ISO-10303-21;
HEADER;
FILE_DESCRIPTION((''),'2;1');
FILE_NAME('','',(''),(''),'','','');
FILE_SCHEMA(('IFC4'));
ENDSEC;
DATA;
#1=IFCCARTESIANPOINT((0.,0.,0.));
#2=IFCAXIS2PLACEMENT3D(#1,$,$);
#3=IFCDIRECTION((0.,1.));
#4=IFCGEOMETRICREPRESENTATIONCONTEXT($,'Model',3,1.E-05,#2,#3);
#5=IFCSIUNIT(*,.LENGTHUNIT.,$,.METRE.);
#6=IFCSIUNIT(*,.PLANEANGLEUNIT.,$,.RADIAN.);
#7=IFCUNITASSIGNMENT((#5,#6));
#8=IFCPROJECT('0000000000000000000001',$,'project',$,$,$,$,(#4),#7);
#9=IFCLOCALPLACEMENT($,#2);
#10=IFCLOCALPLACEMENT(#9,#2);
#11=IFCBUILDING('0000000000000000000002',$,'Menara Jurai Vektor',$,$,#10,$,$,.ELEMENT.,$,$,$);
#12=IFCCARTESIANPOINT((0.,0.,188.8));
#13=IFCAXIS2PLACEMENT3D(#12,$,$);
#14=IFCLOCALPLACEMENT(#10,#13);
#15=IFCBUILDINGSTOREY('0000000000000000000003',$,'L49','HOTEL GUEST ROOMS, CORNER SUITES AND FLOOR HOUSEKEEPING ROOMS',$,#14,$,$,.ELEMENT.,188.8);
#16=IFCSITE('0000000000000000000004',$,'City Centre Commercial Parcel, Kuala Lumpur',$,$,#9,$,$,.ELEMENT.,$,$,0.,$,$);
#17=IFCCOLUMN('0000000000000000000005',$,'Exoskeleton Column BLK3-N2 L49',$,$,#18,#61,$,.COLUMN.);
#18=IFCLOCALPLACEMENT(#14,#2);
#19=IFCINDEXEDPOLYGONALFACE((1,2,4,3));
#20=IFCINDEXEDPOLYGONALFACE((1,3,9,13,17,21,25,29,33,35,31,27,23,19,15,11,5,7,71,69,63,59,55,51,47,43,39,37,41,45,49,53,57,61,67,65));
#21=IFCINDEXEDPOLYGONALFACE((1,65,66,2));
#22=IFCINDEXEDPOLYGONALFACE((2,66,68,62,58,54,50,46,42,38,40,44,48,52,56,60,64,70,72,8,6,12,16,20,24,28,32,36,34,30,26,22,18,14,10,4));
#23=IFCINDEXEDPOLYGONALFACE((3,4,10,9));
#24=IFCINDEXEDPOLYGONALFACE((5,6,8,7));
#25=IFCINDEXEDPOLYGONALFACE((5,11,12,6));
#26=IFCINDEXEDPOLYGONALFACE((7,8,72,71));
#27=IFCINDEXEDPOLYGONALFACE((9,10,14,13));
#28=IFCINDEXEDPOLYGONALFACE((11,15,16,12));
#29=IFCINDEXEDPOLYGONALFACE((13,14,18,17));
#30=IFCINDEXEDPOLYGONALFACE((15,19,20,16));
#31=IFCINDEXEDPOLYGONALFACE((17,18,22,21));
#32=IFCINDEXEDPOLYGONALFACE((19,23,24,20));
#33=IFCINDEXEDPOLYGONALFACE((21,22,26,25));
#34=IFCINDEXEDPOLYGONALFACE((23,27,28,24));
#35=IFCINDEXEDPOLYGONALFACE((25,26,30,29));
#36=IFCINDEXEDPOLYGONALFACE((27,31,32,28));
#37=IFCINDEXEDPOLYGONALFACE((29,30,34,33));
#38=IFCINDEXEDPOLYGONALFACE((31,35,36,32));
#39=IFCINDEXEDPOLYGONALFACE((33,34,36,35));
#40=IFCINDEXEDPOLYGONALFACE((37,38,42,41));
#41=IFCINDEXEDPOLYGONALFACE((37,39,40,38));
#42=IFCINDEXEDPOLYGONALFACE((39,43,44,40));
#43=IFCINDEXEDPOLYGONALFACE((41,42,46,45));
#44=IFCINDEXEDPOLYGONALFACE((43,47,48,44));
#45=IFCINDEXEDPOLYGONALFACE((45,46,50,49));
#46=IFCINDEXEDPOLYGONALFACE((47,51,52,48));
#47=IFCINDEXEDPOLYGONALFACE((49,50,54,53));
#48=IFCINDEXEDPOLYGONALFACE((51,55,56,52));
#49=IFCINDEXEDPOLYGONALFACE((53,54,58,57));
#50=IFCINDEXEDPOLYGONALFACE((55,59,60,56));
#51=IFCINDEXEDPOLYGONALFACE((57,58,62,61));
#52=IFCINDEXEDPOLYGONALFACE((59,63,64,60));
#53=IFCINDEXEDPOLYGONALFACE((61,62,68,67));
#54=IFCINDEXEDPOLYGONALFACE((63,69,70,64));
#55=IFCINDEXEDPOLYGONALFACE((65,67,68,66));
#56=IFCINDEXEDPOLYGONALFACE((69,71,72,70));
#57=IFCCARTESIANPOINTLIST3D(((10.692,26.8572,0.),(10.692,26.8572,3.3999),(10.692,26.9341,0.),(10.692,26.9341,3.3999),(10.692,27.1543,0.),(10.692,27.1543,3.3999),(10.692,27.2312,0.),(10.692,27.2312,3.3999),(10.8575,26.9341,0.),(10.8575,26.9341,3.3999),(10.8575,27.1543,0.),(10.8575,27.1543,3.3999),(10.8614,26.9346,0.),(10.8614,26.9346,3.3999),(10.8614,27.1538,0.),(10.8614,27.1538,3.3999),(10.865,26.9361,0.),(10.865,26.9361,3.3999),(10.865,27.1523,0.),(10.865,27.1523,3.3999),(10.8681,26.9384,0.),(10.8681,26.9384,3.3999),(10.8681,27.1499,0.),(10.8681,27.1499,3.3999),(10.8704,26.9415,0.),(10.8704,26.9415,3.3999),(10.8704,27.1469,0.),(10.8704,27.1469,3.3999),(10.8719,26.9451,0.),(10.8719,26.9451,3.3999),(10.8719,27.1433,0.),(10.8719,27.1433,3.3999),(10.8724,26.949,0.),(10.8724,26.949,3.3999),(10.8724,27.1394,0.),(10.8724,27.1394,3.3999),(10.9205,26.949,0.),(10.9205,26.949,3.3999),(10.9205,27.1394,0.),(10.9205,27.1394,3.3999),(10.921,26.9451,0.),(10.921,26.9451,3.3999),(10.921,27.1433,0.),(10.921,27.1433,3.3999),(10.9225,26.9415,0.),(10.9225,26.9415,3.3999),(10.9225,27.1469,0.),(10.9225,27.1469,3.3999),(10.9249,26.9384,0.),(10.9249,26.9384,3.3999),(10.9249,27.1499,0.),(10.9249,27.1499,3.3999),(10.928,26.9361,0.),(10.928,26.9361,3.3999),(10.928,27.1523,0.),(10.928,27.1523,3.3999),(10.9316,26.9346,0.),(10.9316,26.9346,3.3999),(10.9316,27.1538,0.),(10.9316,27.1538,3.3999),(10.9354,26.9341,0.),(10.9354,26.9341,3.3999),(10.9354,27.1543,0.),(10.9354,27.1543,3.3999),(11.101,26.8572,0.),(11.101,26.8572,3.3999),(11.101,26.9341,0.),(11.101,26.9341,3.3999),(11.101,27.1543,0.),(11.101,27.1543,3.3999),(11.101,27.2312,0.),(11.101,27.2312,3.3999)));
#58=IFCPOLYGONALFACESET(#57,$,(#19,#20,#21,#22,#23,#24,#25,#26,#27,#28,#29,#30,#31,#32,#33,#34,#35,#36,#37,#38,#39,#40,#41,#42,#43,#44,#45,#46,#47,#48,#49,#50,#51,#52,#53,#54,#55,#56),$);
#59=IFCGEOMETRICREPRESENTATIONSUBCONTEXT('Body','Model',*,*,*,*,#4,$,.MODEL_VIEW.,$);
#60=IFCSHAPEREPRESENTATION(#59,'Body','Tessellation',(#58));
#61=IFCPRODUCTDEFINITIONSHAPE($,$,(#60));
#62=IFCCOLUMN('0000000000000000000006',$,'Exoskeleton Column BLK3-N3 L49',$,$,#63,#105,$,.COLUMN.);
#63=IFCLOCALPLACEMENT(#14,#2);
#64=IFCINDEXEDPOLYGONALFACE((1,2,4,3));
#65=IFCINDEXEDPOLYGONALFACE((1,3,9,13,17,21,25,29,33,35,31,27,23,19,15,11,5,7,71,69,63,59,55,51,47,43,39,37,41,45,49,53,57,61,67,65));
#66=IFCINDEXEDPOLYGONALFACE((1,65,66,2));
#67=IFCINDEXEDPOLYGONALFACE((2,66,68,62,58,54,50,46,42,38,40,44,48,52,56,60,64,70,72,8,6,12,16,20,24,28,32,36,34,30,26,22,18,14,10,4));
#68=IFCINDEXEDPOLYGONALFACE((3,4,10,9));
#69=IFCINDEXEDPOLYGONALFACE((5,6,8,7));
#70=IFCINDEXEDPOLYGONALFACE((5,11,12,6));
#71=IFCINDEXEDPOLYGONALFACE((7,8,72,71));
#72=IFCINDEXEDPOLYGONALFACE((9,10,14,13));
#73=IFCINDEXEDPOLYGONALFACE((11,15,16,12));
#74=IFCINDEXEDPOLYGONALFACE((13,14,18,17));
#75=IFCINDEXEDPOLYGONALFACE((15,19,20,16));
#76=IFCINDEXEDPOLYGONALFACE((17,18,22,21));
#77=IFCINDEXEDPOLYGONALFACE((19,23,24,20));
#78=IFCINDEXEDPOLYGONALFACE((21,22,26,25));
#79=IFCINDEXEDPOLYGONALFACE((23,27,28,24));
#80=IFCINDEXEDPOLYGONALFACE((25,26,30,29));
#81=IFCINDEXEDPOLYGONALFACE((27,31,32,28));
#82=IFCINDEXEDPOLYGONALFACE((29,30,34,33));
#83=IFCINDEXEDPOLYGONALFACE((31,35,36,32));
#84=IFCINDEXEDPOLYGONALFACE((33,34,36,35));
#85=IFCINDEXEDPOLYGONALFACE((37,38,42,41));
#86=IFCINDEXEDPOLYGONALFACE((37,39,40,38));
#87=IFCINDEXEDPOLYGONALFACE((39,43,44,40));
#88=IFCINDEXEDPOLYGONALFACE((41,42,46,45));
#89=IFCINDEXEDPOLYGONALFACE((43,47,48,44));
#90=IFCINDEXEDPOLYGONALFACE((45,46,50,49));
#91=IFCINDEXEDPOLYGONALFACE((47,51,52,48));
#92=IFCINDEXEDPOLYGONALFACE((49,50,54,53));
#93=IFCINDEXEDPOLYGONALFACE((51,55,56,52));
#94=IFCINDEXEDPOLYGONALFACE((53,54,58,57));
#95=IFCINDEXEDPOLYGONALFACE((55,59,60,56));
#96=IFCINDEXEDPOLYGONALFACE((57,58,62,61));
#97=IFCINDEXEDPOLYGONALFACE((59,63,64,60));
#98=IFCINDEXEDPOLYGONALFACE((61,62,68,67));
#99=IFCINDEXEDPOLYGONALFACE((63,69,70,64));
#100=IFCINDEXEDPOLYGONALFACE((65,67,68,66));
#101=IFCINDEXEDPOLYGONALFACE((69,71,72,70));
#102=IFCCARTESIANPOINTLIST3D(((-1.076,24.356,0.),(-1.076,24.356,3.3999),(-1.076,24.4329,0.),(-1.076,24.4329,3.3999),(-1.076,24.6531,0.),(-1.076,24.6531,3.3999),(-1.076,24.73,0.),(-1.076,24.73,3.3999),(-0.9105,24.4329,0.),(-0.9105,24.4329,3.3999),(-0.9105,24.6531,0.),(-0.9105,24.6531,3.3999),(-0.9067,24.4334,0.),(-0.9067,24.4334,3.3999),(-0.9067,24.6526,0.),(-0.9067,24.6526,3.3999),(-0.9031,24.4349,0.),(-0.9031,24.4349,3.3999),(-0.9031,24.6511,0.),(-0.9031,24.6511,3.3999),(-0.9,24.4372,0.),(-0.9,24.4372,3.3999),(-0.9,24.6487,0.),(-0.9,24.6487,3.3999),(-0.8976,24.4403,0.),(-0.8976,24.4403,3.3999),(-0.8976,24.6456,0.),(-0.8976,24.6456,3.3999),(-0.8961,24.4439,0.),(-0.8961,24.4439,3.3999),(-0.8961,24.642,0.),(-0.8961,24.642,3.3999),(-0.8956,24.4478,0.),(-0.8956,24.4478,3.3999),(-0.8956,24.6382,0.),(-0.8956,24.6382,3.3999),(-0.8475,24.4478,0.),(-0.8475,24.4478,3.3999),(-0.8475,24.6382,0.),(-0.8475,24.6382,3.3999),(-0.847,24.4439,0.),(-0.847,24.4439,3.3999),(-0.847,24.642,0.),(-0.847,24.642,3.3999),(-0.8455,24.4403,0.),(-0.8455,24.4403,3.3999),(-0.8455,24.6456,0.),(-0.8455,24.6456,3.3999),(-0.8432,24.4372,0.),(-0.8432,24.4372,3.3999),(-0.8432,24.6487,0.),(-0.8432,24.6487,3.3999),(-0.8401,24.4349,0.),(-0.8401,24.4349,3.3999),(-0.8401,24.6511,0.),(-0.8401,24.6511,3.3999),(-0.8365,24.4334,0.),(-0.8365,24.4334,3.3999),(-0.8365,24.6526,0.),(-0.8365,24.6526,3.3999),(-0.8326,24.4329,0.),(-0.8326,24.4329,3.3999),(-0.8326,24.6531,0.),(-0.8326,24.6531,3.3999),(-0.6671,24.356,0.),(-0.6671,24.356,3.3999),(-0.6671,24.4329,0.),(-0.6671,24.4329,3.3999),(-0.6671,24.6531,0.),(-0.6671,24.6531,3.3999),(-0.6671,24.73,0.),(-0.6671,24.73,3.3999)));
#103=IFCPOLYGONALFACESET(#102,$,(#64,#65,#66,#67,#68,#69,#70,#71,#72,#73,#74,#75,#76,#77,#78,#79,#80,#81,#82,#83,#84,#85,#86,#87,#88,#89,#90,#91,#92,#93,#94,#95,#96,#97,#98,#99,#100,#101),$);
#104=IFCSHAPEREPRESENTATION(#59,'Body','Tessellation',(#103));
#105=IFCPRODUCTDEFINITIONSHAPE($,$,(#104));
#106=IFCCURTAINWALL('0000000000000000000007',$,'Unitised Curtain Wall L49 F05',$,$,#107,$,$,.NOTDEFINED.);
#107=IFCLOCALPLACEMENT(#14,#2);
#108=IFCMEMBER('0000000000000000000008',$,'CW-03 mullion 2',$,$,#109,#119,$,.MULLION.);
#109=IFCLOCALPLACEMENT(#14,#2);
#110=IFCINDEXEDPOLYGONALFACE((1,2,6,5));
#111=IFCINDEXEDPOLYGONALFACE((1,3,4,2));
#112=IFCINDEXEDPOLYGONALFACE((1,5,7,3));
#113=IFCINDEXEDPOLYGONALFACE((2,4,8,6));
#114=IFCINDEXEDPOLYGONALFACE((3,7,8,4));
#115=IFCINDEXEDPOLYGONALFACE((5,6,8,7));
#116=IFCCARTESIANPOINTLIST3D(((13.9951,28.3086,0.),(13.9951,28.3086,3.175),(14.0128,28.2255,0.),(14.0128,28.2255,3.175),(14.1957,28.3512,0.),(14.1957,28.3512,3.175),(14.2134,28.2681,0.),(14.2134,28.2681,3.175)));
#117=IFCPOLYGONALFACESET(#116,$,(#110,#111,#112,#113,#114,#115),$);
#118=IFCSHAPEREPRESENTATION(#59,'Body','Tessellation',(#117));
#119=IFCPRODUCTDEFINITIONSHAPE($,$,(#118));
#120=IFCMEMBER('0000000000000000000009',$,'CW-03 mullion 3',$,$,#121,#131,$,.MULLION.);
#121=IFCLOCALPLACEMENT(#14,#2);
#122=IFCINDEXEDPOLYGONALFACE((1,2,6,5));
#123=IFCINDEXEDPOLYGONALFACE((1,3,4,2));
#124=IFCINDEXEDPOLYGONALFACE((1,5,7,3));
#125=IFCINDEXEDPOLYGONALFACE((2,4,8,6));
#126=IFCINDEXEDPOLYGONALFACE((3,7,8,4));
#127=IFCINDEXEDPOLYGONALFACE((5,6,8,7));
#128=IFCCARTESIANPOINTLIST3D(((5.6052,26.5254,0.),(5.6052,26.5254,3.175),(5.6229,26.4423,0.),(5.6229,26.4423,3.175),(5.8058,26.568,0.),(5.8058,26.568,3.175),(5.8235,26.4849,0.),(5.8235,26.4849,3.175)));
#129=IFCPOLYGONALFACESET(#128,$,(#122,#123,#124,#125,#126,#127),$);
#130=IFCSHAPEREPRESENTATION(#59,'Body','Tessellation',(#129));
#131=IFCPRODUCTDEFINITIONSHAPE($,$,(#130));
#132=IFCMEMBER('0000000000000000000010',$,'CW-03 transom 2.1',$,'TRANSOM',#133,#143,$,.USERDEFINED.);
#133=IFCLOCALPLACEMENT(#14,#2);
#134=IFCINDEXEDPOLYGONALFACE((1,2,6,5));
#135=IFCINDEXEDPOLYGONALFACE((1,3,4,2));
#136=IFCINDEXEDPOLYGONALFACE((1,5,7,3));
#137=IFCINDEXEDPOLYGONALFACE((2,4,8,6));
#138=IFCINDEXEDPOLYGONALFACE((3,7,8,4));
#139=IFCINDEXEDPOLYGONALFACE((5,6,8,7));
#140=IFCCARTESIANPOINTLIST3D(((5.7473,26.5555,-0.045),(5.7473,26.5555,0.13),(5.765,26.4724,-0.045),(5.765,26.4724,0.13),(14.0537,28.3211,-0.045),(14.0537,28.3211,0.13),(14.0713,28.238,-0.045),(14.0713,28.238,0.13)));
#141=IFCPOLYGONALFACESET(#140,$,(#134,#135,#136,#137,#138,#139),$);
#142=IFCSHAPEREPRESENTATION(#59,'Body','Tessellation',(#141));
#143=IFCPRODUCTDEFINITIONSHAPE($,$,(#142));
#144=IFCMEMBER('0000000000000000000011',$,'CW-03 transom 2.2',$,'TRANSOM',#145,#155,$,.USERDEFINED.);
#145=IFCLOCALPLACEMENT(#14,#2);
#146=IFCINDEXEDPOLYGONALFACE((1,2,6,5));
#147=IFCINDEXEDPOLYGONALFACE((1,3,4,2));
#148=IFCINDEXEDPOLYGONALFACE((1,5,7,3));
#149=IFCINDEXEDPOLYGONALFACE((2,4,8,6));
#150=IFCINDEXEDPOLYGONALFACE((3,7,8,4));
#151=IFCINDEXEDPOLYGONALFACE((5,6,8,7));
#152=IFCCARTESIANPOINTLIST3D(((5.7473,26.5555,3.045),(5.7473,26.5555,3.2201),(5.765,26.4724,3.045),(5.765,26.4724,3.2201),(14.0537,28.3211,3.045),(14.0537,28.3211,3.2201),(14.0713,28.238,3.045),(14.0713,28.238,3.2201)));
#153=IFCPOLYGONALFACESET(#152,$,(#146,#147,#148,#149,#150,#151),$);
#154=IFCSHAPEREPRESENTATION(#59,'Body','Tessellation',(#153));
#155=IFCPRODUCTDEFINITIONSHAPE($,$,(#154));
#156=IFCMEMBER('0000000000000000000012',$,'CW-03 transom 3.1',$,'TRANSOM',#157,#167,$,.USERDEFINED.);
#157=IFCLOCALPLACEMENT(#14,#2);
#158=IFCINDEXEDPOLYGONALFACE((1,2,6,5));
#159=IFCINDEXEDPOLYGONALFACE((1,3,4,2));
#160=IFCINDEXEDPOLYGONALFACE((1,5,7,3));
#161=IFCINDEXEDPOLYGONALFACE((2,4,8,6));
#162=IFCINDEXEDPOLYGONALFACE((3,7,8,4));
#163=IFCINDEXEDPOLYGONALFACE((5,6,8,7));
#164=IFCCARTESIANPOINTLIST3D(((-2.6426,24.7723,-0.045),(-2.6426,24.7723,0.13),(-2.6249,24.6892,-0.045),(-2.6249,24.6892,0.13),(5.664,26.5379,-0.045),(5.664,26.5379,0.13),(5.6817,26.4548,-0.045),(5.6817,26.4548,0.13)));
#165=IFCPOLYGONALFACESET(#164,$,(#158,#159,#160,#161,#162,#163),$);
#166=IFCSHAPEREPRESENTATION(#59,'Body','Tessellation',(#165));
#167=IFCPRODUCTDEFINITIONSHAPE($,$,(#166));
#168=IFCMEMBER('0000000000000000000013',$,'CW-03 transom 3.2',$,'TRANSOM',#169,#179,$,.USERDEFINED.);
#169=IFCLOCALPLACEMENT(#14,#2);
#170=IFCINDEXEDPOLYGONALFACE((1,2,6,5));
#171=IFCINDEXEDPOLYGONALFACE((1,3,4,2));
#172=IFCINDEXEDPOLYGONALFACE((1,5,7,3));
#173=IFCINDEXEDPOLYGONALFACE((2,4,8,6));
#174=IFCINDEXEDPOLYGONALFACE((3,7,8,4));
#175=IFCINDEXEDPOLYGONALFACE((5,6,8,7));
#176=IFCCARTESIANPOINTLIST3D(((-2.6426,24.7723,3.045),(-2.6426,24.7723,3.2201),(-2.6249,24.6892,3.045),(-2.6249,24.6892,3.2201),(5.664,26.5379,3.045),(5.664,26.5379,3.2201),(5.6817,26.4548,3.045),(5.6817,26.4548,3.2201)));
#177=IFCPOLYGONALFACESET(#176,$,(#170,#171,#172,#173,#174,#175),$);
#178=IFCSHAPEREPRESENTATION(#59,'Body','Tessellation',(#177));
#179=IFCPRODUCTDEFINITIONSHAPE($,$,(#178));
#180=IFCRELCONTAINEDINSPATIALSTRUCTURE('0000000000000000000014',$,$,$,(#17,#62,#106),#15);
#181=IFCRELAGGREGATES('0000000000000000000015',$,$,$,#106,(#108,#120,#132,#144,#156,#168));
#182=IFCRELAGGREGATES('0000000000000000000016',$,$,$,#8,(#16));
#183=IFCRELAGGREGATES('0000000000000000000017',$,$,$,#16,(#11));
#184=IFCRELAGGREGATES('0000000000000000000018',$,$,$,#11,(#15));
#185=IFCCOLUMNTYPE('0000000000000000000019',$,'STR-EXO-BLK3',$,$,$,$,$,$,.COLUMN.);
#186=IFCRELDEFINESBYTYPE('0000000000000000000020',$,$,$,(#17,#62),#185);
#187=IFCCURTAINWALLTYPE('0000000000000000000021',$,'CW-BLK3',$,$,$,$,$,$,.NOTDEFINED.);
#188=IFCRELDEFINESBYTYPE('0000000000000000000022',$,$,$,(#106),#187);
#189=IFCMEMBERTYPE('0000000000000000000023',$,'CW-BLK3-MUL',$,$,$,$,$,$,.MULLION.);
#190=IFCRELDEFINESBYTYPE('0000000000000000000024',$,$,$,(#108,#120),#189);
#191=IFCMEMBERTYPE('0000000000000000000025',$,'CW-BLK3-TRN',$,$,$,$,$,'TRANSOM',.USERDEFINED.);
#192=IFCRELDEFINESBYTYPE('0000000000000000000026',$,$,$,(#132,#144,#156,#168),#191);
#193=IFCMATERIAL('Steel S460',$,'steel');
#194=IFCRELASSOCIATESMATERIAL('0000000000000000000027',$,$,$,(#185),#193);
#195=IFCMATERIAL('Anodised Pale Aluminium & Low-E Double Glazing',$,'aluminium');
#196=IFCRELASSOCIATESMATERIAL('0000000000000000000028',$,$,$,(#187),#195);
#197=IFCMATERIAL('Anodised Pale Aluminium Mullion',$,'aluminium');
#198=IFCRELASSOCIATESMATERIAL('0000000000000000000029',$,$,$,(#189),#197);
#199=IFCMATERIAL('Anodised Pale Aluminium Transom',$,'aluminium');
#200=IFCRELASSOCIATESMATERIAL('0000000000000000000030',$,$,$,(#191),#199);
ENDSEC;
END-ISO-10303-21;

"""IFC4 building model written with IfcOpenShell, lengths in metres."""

from ifc_helpers import new_model, si_unit, direction, frame, origin, origin_2d, place, context, subcontext, project, spatial, rectangle, i_section, extrude, material, material_profile, profile_set, type_object, element, aggregate, save


model = new_model("IFC4")

# Units and contexts
model_context = context("Model", 3, precision=1e-05, world=origin(), true_north=direction((0.0, 1.0)))
body_context = subcontext(model_context, "Body", "Model", "MODEL_VIEW")
ifc_project = project(units=[si_unit("LENGTHUNIT", "METRE"), si_unit("PLANEANGLEUNIT", "RADIAN")], contexts=[model_context])

# Site, building, storey
site_placement = place(None, origin())
site = spatial("IfcSite", under=ifc_project, at=site_placement, Name="City Centre Commercial Parcel, Kuala Lumpur", CompositionType="ELEMENT", RefElevation=0.0)
building_placement = place(site_placement, origin())
building = spatial("IfcBuilding", under=site, at=building_placement, Name="Menara Jurai Vektor", CompositionType="ELEMENT")
storey_placement = place(building_placement, frame((0.0, 0.0, 188.8)))
storey = spatial("IfcBuildingStorey", under=building, at=storey_placement, Name="L49", Description="HOTEL GUEST ROOMS, CORNER SUITES AND FLOOR HOUSEKEEPING ROOMS", CompositionType="ELEMENT", Elevation=188.8)

# Columns
ifc_material_1 = material(Name="Steel S460", Category="steel")
ifc_material_profile_1 = material_profile(ifc_material_1, i_section(OverallWidth=0.4089, OverallDepth=0.374, WebThickness=0.0481, FlangeThickness=0.0769, FilletRadius=0.0149, at=origin_2d()), Name="HD 400x634")
ifc_profile_set_1 = profile_set([ifc_material_profile_1], Name="Steel S460")
column_type = type_object("IfcColumnType", Name="STR-EXO-BLK3", PredefinedType="COLUMN", material=ifc_profile_set_1)
for number, where, z_axis, x_axis, name in (
    (1, (10.8965, 27.0442, 0.0), (0.0, 0.0, 1.0), (1.0, 0.0, 0.0), "Exoskeleton Column BLK3-N2 L49"),
    (2, (-0.8716, 24.543, 0.0), (0.0, 0.0, 1.0), (1.0, 0.0, 0.0), "Exoskeleton Column BLK3-N3 L49"),
):
    element("IfcColumn", number, at=place(storey_placement, frame(where, z_axis=z_axis, x_axis=x_axis)), inside=storey, type_object=column_type, Name=name, PredefinedType="COLUMN", context=body_context, shape_type="SweptSolid", body=[
        extrude(i_section(OverallWidth=0.4089, OverallDepth=0.374, WebThickness=0.0481, FlangeThickness=0.0769, FilletRadius=0.0149, at=origin_2d()), origin(), (0.0, 0.0, 1.0), 3.3999),
    ])

# Curtain wall, members
ifc_material_2 = material(Name="Anodised Pale Aluminium & Low-E Double Glazing", Category="aluminium")
curtain_wall_type = type_object("IfcCurtainWallType", Name="CW-BLK3", PredefinedType="NOTDEFINED", material=ifc_material_2)
curtain_wall_placement = place(storey_placement, origin())
curtain_wall = element("IfcCurtainWall", 3, at=curtain_wall_placement, inside=storey, type_object=curtain_wall_type, Name="Unitised Curtain Wall L49 F05", PredefinedType="NOTDEFINED")
ifc_material_3 = material(Name="Anodised Pale Aluminium Mullion", Category="aluminium")
ifc_material_profile_2 = material_profile(ifc_material_3, rectangle(XDim=0.085, YDim=0.2051, at=origin_2d()), Name="ALU MUL 85x205")
ifc_profile_set_2 = profile_set([ifc_material_profile_2], Name="Anodised Pale Aluminium Mullion")
member_type_1 = type_object("IfcMemberType", Name="CW-BLK3-MUL", PredefinedType="MULLION", material=ifc_profile_set_2)
member_1_placement = place(storey_placement, frame((14.1042, 28.2883, 0.0), z_axis=(0.0, 0.0, 1.0), x_axis=(0.207911, -0.978148, 0.0)))
member_1 = element("IfcMember", 4, at=member_1_placement, type_object=member_type_1, Name="CW-03 mullion 2", PredefinedType="MULLION", context=body_context, shape_type="SweptSolid", body=[
    extrude(rectangle(XDim=0.085, YDim=0.2051, at=origin_2d()), origin(), (0.0, 0.0, 1.0), 3.175),
])
member_2_placement = place(storey_placement, frame((5.7144, 26.5051, 0.0), z_axis=(0.0, 0.0, 1.0), x_axis=(0.207911, -0.978148, 0.0)))
member_2 = element("IfcMember", 5, at=member_2_placement, type_object=member_type_1, Name="CW-03 mullion 3", PredefinedType="MULLION", context=body_context, shape_type="SweptSolid", body=[
    extrude(rectangle(XDim=0.085, YDim=0.2051, at=origin_2d()), origin(), (0.0, 0.0, 1.0), 3.175),
])
ifc_material_4 = material(Name="Anodised Pale Aluminium Transom", Category="aluminium")
ifc_material_profile_3 = material_profile(ifc_material_4, rectangle(XDim=0.085, YDim=0.175, at=origin_2d()), Name="ALU TRN 85x175")
ifc_profile_set_3 = profile_set([ifc_material_profile_3], Name="Anodised Pale Aluminium Transom")
member_type_2 = type_object("IfcMemberType", Name="CW-BLK3-TRN", ElementType="TRANSOM", PredefinedType="USERDEFINED", material=ifc_profile_set_3)
member_3_placement = place(storey_placement, frame((14.0625, 28.2795, 0.0425), z_axis=(-0.978147, -0.207917, 0.0), x_axis=(0.207917, -0.978147, 0.0)))
member_3 = element("IfcMember", 6, at=member_3_placement, type_object=member_type_2, Name="CW-03 transom 2.1", ObjectType="TRANSOM", PredefinedType="USERDEFINED", context=body_context, shape_type="SweptSolid", body=[
    extrude(rectangle(XDim=0.085, YDim=0.175, at=origin_2d()), origin(), (0.0, 0.0, 1.0), 8.4919),
])
member_4_placement = place(storey_placement, frame((14.0625, 28.2795, 3.1326), z_axis=(-0.978147, -0.207917, 0.0), x_axis=(0.207917, -0.978147, 0.0)))
member_4 = element("IfcMember", 7, at=member_4_placement, type_object=member_type_2, Name="CW-03 transom 2.2", ObjectType="TRANSOM", PredefinedType="USERDEFINED", context=body_context, shape_type="SweptSolid", body=[
    extrude(rectangle(XDim=0.085, YDim=0.175, at=origin_2d()), origin(), (0.0, 0.0, 1.0), 8.4919),
])
member_5_placement = place(storey_placement, frame((5.6729, 26.4963, 0.0425), z_axis=(-0.978148, -0.207911, 0.0), x_axis=(0.207911, -0.978148, 0.0)))
member_5 = element("IfcMember", 8, at=member_5_placement, type_object=member_type_2, Name="CW-03 transom 3.1", ObjectType="TRANSOM", PredefinedType="USERDEFINED", context=body_context, shape_type="SweptSolid", body=[
    extrude(rectangle(XDim=0.085, YDim=0.175, at=origin_2d()), origin(), (0.0, 0.0, 1.0), 8.4922),
])
member_6_placement = place(storey_placement, frame((5.6729, 26.4963, 3.1326), z_axis=(-0.978148, -0.207911, 0.0), x_axis=(0.207911, -0.978148, 0.0)))
member_6 = element("IfcMember", 9, at=member_6_placement, type_object=member_type_2, Name="CW-03 transom 3.2", ObjectType="TRANSOM", PredefinedType="USERDEFINED", context=body_context, shape_type="SweptSolid", body=[
    extrude(rectangle(XDim=0.085, YDim=0.175, at=origin_2d()), origin(), (0.0, 0.0, 1.0), 8.4922),
])

aggregate(curtain_wall, [member_1, member_2, member_3, member_4, member_5, member_6])

save(model, "model.ifc")
